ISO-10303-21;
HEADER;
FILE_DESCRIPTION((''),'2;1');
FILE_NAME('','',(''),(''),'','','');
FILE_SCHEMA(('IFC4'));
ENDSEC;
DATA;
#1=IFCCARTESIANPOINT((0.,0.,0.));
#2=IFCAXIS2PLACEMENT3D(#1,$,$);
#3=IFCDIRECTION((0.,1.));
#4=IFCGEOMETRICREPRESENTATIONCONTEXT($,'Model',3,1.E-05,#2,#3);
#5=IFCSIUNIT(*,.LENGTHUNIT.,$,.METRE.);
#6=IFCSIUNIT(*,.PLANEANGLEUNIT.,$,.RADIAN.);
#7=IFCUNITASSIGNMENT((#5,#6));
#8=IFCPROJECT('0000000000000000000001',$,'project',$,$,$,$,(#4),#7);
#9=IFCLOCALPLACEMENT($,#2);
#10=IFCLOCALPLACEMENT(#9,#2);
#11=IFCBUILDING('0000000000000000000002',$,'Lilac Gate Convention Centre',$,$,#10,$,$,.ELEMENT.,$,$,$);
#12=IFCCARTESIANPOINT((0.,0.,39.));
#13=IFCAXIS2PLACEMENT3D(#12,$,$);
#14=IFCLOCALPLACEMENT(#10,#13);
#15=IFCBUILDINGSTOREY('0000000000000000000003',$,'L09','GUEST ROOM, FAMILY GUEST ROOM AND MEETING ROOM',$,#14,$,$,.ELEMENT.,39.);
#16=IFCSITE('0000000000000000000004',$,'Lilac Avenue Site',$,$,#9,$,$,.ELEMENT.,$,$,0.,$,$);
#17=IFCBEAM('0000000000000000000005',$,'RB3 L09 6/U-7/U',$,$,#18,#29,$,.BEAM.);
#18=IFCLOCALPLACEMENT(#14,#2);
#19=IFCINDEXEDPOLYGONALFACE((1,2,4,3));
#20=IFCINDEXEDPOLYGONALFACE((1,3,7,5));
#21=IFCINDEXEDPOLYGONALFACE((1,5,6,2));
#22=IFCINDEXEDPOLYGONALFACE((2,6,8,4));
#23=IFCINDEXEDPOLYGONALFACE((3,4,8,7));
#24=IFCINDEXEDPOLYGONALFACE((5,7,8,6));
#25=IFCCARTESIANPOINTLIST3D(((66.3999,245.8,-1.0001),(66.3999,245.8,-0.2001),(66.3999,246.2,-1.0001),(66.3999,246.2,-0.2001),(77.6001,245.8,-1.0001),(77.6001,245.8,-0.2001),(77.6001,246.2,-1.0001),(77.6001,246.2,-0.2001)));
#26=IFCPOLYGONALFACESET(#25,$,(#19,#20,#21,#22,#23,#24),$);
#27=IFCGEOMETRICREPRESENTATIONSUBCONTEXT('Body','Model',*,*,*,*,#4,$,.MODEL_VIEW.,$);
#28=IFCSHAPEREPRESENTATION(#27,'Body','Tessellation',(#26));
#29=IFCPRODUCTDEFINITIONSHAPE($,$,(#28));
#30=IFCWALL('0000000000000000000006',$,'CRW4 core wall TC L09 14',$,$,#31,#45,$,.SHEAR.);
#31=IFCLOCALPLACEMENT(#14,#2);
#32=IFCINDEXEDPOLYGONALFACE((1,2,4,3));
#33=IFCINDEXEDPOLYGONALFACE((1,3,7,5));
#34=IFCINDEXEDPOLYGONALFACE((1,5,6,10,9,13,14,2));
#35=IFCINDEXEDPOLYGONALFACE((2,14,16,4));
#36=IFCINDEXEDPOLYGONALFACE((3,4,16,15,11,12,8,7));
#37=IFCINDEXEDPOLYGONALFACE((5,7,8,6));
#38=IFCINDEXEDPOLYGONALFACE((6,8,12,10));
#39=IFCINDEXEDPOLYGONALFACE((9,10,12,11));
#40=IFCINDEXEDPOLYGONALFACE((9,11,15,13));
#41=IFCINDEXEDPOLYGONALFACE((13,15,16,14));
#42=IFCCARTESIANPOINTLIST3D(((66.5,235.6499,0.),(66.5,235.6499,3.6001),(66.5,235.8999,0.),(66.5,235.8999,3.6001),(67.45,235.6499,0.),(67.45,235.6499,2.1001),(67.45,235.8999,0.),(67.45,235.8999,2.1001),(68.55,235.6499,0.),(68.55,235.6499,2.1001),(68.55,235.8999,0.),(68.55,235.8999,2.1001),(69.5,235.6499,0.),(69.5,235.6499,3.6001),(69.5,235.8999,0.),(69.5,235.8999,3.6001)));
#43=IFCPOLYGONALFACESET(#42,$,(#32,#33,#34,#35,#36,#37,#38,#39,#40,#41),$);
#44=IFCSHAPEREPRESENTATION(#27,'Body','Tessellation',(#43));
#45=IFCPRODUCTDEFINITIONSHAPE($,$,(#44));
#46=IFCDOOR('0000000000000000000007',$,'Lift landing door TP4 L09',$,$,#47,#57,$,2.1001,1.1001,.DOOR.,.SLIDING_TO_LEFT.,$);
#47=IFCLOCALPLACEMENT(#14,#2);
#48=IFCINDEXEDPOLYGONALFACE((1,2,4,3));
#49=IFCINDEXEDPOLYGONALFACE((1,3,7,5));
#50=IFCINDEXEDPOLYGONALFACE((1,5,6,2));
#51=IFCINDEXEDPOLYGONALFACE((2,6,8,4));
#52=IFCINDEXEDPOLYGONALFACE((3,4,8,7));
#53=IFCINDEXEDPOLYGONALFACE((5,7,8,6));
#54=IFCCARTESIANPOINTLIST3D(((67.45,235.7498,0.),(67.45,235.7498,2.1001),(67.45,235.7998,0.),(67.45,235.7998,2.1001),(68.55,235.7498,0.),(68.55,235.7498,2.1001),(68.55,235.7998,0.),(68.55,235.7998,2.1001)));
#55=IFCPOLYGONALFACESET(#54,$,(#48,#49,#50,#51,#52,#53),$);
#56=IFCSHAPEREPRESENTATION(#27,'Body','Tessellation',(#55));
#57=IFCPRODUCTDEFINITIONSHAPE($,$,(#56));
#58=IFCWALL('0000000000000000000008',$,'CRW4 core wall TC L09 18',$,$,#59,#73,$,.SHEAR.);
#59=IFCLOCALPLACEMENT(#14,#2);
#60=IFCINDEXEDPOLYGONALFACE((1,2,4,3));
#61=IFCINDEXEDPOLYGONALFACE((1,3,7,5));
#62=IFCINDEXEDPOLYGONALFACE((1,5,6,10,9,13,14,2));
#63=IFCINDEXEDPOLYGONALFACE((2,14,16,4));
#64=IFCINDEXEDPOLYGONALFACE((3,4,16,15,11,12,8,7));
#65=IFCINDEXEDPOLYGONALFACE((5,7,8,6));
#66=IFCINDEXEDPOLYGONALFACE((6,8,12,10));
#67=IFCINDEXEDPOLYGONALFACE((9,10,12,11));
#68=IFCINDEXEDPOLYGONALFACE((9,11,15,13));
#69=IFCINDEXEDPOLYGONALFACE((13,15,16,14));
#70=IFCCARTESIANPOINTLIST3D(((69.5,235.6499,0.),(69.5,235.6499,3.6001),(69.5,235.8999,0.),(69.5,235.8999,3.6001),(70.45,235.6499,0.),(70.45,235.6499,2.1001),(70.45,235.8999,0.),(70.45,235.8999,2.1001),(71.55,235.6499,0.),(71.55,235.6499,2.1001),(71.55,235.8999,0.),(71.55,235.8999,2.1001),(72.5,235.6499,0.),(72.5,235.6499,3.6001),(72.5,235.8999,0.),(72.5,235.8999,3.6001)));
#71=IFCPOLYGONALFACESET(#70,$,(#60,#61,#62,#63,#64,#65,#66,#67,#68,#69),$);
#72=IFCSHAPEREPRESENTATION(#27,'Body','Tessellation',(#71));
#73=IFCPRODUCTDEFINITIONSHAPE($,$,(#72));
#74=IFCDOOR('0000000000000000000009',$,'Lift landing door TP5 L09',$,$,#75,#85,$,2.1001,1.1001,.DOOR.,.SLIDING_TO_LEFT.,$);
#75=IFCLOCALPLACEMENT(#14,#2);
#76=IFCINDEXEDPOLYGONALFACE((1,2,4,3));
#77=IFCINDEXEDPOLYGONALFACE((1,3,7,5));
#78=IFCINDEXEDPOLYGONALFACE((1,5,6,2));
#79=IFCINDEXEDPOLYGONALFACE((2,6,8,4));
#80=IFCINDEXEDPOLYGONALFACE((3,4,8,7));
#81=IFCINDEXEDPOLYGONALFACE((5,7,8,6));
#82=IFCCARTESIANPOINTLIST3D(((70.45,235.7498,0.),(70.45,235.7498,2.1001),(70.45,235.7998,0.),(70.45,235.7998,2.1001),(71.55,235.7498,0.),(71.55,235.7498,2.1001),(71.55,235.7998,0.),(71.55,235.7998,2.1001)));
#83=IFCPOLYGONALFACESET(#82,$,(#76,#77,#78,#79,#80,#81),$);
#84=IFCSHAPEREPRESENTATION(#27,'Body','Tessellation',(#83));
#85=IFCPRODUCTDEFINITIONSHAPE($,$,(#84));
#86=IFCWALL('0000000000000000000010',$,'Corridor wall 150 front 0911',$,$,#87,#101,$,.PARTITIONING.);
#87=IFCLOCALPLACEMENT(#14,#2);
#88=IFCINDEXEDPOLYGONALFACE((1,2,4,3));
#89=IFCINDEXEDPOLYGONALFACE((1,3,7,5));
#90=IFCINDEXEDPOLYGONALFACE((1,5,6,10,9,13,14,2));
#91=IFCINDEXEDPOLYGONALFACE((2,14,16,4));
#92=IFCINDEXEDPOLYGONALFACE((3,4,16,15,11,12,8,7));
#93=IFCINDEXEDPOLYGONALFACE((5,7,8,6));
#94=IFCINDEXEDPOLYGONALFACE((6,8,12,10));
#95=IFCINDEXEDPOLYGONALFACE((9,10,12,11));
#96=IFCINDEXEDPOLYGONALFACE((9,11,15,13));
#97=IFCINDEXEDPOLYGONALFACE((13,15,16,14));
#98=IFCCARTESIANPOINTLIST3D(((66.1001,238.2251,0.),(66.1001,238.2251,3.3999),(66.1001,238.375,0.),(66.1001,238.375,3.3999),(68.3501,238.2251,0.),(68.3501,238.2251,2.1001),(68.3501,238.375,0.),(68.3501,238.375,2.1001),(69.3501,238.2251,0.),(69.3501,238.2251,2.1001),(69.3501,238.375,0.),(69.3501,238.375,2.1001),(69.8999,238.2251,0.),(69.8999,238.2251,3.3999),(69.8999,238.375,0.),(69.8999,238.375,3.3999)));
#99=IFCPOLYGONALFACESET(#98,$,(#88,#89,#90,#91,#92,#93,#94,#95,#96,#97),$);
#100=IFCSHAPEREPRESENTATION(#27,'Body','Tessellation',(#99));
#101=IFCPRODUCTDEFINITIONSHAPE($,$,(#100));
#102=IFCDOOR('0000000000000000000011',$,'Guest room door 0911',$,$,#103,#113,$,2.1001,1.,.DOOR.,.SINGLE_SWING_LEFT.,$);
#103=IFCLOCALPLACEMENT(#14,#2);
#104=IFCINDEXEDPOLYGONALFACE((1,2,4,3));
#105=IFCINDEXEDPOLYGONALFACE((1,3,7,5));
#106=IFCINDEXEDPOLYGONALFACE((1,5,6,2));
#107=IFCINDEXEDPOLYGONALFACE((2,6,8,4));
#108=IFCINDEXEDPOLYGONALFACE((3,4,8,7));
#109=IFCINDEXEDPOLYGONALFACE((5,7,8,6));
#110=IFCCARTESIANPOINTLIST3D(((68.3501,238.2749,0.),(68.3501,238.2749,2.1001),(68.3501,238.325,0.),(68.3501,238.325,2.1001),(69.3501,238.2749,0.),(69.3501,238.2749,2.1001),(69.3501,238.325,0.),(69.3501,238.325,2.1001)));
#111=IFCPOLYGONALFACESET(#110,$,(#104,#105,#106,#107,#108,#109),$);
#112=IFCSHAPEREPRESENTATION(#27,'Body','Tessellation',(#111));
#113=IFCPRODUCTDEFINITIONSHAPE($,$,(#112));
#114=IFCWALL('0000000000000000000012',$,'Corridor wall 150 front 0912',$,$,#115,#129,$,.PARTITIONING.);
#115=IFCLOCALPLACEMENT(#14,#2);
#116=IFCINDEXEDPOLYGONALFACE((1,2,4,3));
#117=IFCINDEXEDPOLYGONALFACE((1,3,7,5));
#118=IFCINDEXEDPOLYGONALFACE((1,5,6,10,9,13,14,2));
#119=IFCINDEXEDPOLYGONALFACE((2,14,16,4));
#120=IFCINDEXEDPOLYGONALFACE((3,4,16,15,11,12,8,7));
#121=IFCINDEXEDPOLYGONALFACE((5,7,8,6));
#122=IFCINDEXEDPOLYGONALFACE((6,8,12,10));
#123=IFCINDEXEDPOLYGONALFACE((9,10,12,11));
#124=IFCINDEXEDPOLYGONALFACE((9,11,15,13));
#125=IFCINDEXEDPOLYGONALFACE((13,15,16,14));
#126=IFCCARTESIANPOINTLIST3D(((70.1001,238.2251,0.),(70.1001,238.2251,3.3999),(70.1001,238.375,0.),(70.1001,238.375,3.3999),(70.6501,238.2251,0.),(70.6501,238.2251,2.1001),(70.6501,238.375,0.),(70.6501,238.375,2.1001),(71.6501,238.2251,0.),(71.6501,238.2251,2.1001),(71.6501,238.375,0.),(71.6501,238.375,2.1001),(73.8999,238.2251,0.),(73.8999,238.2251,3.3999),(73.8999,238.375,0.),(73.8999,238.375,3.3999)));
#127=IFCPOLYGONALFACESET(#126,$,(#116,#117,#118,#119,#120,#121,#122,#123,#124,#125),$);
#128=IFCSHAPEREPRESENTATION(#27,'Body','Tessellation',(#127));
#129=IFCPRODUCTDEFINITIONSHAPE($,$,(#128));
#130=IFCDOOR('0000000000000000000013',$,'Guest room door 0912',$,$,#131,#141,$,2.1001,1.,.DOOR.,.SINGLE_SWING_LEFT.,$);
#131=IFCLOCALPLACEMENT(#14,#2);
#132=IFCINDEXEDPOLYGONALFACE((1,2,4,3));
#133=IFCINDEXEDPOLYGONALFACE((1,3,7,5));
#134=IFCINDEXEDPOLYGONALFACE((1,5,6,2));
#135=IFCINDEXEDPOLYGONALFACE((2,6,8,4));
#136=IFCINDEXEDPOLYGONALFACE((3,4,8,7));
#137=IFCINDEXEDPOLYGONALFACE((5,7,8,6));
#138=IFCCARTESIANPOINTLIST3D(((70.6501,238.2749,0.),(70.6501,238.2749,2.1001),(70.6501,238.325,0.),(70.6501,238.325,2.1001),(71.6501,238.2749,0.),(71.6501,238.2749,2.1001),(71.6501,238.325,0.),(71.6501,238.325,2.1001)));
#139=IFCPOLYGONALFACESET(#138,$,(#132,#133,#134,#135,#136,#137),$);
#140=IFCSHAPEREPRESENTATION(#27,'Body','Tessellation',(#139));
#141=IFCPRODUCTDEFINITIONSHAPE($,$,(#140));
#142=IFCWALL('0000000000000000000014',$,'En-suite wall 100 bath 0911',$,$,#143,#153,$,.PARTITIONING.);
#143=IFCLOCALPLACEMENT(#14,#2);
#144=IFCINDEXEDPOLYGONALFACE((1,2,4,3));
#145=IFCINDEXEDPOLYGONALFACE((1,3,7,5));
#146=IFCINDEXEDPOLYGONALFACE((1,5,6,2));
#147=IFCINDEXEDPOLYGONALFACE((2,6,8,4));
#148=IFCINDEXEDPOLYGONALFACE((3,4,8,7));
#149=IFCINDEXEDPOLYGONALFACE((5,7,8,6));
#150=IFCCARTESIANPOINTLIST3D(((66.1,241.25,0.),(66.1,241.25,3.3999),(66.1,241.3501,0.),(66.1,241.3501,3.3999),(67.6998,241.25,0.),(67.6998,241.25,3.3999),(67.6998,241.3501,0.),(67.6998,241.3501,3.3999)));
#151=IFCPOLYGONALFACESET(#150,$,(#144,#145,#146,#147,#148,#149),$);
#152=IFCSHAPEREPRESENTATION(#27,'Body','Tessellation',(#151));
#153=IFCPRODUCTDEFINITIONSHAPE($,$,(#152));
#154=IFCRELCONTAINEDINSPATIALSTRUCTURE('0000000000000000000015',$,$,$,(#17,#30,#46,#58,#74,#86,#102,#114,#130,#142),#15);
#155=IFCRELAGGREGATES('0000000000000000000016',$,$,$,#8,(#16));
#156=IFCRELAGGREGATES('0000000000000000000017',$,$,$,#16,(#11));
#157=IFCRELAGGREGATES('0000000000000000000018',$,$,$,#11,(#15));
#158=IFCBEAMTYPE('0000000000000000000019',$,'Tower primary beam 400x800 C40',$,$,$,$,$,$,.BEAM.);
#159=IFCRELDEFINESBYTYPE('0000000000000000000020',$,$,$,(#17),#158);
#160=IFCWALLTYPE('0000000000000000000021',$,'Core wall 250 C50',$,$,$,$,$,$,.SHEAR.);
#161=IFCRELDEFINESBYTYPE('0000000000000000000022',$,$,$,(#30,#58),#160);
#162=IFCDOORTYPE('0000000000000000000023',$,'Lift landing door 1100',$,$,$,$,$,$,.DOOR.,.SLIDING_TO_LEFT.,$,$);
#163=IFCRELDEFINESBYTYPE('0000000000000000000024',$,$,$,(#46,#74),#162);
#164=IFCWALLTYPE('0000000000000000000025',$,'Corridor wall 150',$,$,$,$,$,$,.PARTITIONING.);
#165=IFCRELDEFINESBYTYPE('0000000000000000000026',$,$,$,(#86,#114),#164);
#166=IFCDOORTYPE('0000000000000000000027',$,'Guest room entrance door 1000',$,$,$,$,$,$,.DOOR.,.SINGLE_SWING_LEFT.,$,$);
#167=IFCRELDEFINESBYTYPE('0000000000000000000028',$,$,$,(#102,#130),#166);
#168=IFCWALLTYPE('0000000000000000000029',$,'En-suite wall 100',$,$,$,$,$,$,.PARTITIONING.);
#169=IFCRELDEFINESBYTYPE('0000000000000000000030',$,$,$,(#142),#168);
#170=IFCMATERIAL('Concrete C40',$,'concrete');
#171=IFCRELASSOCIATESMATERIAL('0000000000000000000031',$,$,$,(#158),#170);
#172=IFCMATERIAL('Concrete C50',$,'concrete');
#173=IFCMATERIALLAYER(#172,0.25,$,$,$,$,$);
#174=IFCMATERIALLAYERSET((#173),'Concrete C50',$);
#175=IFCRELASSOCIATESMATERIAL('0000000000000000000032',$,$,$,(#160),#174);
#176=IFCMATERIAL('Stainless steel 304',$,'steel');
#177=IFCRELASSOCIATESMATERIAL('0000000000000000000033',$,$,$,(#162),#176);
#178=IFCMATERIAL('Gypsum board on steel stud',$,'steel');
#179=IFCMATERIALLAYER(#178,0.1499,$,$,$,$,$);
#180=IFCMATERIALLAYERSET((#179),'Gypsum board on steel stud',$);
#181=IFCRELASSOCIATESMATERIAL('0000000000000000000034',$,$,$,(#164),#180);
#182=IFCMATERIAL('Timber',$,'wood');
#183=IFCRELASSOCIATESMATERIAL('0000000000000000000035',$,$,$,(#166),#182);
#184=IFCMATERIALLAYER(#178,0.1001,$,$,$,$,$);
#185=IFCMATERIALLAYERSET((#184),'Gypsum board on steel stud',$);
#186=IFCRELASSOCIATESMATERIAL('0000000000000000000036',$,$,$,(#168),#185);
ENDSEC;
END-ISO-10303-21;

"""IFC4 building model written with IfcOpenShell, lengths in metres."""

from ifc_helpers import new_model, si_unit, direction, frame, frame_2d, origin, origin_2d, place, context, subcontext, project, spatial, rectangle, extrude, material, layer, layer_set, material_profile, profile_set, type_object, element, fill, save


model = new_model("IFC4")

# Units and contexts
model_context = context("Model", 3, precision=1e-05, world=origin(), true_north=direction((0.0, 1.0)))
body_context = subcontext(model_context, "Body", "Model", "MODEL_VIEW")
ifc_project = project(units=[si_unit("LENGTHUNIT", "METRE"), si_unit("PLANEANGLEUNIT", "RADIAN")], contexts=[model_context])

# Site, building, storey
site_placement = place(None, origin())
site = spatial("IfcSite", under=ifc_project, at=site_placement, Name="Lilac Avenue Site", CompositionType="ELEMENT", RefElevation=0.0)
building_placement = place(site_placement, origin())
building = spatial("IfcBuilding", under=site, at=building_placement, Name="Lilac Gate Convention Centre", CompositionType="ELEMENT")
storey_placement = place(building_placement, frame((0.0, 0.0, 39.0)))
storey = spatial("IfcBuildingStorey", under=building, at=storey_placement, Name="L09", Description="GUEST ROOM, FAMILY GUEST ROOM AND MEETING ROOM", CompositionType="ELEMENT", Elevation=39.0)

# Beam
ifc_material_1 = material(Name="Concrete C40", Category="concrete")
ifc_material_profile = material_profile(ifc_material_1, rectangle(XDim=0.3999, YDim=0.8, at=origin_2d()), Name="RC 400x800")
ifc_profile_set = profile_set([ifc_material_profile], Name="Concrete C40")
beam_type = type_object("IfcBeamType", Name="Tower primary beam 400x800 C40", PredefinedType="BEAM", material=ifc_profile_set)
beam_placement = place(storey_placement, frame((66.3999, 246.0, -0.6001), z_axis=(1.0, 0.0, 0.0), x_axis=(0.0, 1.0, 0.0)))
element("IfcBeam", 1, at=beam_placement, inside=storey, type_object=beam_type, Name="RB3 L09 6/U-7/U", PredefinedType="BEAM", context=body_context, shape_type="SweptSolid", body=[
    extrude(rectangle(XDim=0.3999, YDim=0.8, at=origin_2d()), origin(), (0.0, 0.0, 1.0), 11.2002),
])

# Walls, openings, doors
ifc_material_2 = material(Name="Concrete C50", Category="concrete")
ifc_layer_1 = layer(ifc_material_2, 0.25)
ifc_layer_set_1 = layer_set([ifc_layer_1], Name="Concrete C50")
wall_type_1 = type_object("IfcWallType", Name="Core wall 250 C50", PredefinedType="SHEAR", material=ifc_layer_set_1)
wall_1_placement = place(storey_placement, frame((66.5, 235.7749, 0.0), z_axis=(0.0, 0.0, 1.0), x_axis=(1.0, 0.0, 0.0)))
wall_1 = element("IfcWall", 2, at=wall_1_placement, inside=storey, type_object=wall_type_1, Name="CRW4 core wall TC L09 14", PredefinedType="SHEAR", context=body_context, shape_type="SweptSolid", body=[
    extrude(rectangle(XDim=3.0, YDim=0.25, at=frame_2d((1.5, 0.0))), origin(), (0.0, 0.0, 1.0), 3.6001),
])
opening_1_placement = place(wall_1_placement, frame((0.95, 0.0, 0.0)))
opening_1 = element("IfcOpeningElement", 3, at=opening_1_placement, cuts=wall_1, PredefinedType="OPENING", context=body_context, shape_type="SweptSolid", body=[
    extrude(rectangle(XDim=1.1001, YDim=2.1001, at=frame_2d((0.55, 1.05))), frame((0.0, 0.135, 0.0), z_axis=(0.0, -1.0, 0.0), x_axis=(1.0, 0.0, 0.0)), (0.0, 0.0, 1.0), 0.27),
])
ifc_material_3 = material(Name="Stainless steel 304", Category="steel")
door_type_1 = type_object("IfcDoorType", Name="Lift landing door 1100", OperationType="SLIDING_TO_LEFT", PredefinedType="DOOR", material=ifc_material_3)
door_1_placement = place(opening_1_placement, origin())
door_1 = element("IfcDoor", 4, at=door_1_placement, inside=storey, type_object=door_type_1, Name="Lift landing door TP4 L09", OperationType="SLIDING_TO_LEFT", OverallHeight=2.1001, OverallWidth=1.1001, PredefinedType="DOOR", context=body_context, shape_type="SweptSolid", body=[
    extrude(rectangle(XDim=1.1001, YDim=2.1001, at=frame_2d((0.55, 1.05))), frame((0.0, 0.0249, 0.0), z_axis=(0.0, -1.0, 0.0), x_axis=(1.0, 0.0, 0.0)), (0.0, 0.0, 1.0), 0.05),
])
fill(opening_1, door_1)
wall_2_placement = place(storey_placement, frame((69.5, 235.7749, 0.0), z_axis=(0.0, 0.0, 1.0), x_axis=(1.0, 0.0, 0.0)))
wall_2 = element("IfcWall", 5, at=wall_2_placement, inside=storey, type_object=wall_type_1, Name="CRW4 core wall TC L09 18", PredefinedType="SHEAR", context=body_context, shape_type="SweptSolid", body=[
    extrude(rectangle(XDim=3.0, YDim=0.25, at=frame_2d((1.5, 0.0))), origin(), (0.0, 0.0, 1.0), 3.6001),
])
opening_2_placement = place(wall_2_placement, frame((0.95, 0.0, 0.0)))
opening_2 = element("IfcOpeningElement", 6, at=opening_2_placement, cuts=wall_2, PredefinedType="OPENING", context=body_context, shape_type="SweptSolid", body=[
    extrude(rectangle(XDim=1.1001, YDim=2.1001, at=frame_2d((0.55, 1.05))), frame((0.0, 0.135, 0.0), z_axis=(0.0, -1.0, 0.0), x_axis=(1.0, 0.0, 0.0)), (0.0, 0.0, 1.0), 0.27),
])
door_2_placement = place(opening_2_placement, origin())
door_2 = element("IfcDoor", 7, at=door_2_placement, inside=storey, type_object=door_type_1, Name="Lift landing door TP5 L09", OperationType="SLIDING_TO_LEFT", OverallHeight=2.1001, OverallWidth=1.1001, PredefinedType="DOOR", context=body_context, shape_type="SweptSolid", body=[
    extrude(rectangle(XDim=1.1001, YDim=2.1001, at=frame_2d((0.55, 1.05))), frame((0.0, 0.0249, 0.0), z_axis=(0.0, -1.0, 0.0), x_axis=(1.0, 0.0, 0.0)), (0.0, 0.0, 1.0), 0.05),
])
fill(opening_2, door_2)
ifc_material_4 = material(Name="Gypsum board on steel stud", Category="steel")
ifc_layer_2 = layer(ifc_material_4, 0.1499)
ifc_layer_set_2 = layer_set([ifc_layer_2], Name="Gypsum board on steel stud")
wall_type_2 = type_object("IfcWallType", Name="Corridor wall 150", PredefinedType="PARTITIONING", material=ifc_layer_set_2)
wall_3_placement = place(storey_placement, frame((66.1001, 238.3, 0.0), z_axis=(0.0, 0.0, 1.0), x_axis=(1.0, 0.0, 0.0)))
wall_3 = element("IfcWall", 8, at=wall_3_placement, inside=storey, type_object=wall_type_2, Name="Corridor wall 150 front 0911", PredefinedType="PARTITIONING", context=body_context, shape_type="SweptSolid", body=[
    extrude(rectangle(XDim=3.7998, YDim=0.1499, at=frame_2d((1.8999, 0.0))), origin(), (0.0, 0.0, 1.0), 3.3999),
])
opening_3_placement = place(wall_3_placement, frame((2.25, 0.0, 0.0)))
opening_3 = element("IfcOpeningElement", 9, at=opening_3_placement, cuts=wall_3, PredefinedType="OPENING", context=body_context, shape_type="SweptSolid", body=[
    extrude(rectangle(XDim=1.0, YDim=2.1001, at=frame_2d((0.5, 1.05))), frame((0.0, 0.085, 0.0), z_axis=(0.0, -1.0, 0.0), x_axis=(1.0, 0.0, 0.0)), (0.0, 0.0, 1.0), 0.1699),
])
ifc_material_5 = material(Name="Timber", Category="wood")
door_type_2 = type_object("IfcDoorType", Name="Guest room entrance door 1000", OperationType="SINGLE_SWING_LEFT", PredefinedType="DOOR", material=ifc_material_5)
door_3_placement = place(opening_3_placement, origin())
door_3 = element("IfcDoor", 10, at=door_3_placement, inside=storey, type_object=door_type_2, Name="Guest room door 0911", OperationType="SINGLE_SWING_LEFT", OverallHeight=2.1001, OverallWidth=1.0, PredefinedType="DOOR", context=body_context, shape_type="SweptSolid", body=[
    extrude(rectangle(XDim=1.0, YDim=2.1001, at=frame_2d((0.5, 1.05))), frame((0.0, 0.0249, 0.0), z_axis=(0.0, -1.0, 0.0), x_axis=(1.0, 0.0, 0.0)), (0.0, 0.0, 1.0), 0.05),
])
fill(opening_3, door_3)
wall_4_placement = place(storey_placement, frame((70.1001, 238.3, 0.0), z_axis=(0.0, 0.0, 1.0), x_axis=(1.0, 0.0, 0.0)))
wall_4 = element("IfcWall", 11, at=wall_4_placement, inside=storey, type_object=wall_type_2, Name="Corridor wall 150 front 0912", PredefinedType="PARTITIONING", context=body_context, shape_type="SweptSolid", body=[
    extrude(rectangle(XDim=3.7998, YDim=0.1499, at=frame_2d((1.8999, 0.0))), origin(), (0.0, 0.0, 1.0), 3.3999),
])
opening_4_placement = place(wall_4_placement, frame((0.55, 0.0, 0.0)))
opening_4 = element("IfcOpeningElement", 12, at=opening_4_placement, cuts=wall_4, PredefinedType="OPENING", context=body_context, shape_type="SweptSolid", body=[
    extrude(rectangle(XDim=1.0, YDim=2.1001, at=frame_2d((0.5, 1.05))), frame((0.0, 0.085, 0.0), z_axis=(0.0, -1.0, 0.0), x_axis=(1.0, 0.0, 0.0)), (0.0, 0.0, 1.0), 0.1699),
])
door_4_placement = place(opening_4_placement, origin())
door_4 = element("IfcDoor", 13, at=door_4_placement, inside=storey, type_object=door_type_2, Name="Guest room door 0912", OperationType="SINGLE_SWING_LEFT", OverallHeight=2.1001, OverallWidth=1.0, PredefinedType="DOOR", context=body_context, shape_type="SweptSolid", body=[
    extrude(rectangle(XDim=1.0, YDim=2.1001, at=frame_2d((0.5, 1.05))), frame((0.0, 0.0249, 0.0), z_axis=(0.0, -1.0, 0.0), x_axis=(1.0, 0.0, 0.0)), (0.0, 0.0, 1.0), 0.05),
])
fill(opening_4, door_4)

# Wall
ifc_layer_3 = layer(ifc_material_4, 0.1001)
ifc_layer_set_3 = layer_set([ifc_layer_3], Name="Gypsum board on steel stud")
wall_type_3 = type_object("IfcWallType", Name="En-suite wall 100", PredefinedType="PARTITIONING", material=ifc_layer_set_3)
wall_5_placement = place(storey_placement, frame((66.1001, 241.3, 0.0), z_axis=(0.0, 0.0, 1.0), x_axis=(1.0, 0.0, 0.0)))
element("IfcWall", 14, at=wall_5_placement, inside=storey, type_object=wall_type_3, Name="En-suite wall 100 bath 0911", PredefinedType="PARTITIONING", context=body_context, shape_type="SweptSolid", body=[
    extrude(rectangle(XDim=1.5999, YDim=0.1001, at=frame_2d((0.7998, 0.0))), origin(), (0.0, 0.0, 1.0), 3.3999),
])

save(model, "model.ifc")
